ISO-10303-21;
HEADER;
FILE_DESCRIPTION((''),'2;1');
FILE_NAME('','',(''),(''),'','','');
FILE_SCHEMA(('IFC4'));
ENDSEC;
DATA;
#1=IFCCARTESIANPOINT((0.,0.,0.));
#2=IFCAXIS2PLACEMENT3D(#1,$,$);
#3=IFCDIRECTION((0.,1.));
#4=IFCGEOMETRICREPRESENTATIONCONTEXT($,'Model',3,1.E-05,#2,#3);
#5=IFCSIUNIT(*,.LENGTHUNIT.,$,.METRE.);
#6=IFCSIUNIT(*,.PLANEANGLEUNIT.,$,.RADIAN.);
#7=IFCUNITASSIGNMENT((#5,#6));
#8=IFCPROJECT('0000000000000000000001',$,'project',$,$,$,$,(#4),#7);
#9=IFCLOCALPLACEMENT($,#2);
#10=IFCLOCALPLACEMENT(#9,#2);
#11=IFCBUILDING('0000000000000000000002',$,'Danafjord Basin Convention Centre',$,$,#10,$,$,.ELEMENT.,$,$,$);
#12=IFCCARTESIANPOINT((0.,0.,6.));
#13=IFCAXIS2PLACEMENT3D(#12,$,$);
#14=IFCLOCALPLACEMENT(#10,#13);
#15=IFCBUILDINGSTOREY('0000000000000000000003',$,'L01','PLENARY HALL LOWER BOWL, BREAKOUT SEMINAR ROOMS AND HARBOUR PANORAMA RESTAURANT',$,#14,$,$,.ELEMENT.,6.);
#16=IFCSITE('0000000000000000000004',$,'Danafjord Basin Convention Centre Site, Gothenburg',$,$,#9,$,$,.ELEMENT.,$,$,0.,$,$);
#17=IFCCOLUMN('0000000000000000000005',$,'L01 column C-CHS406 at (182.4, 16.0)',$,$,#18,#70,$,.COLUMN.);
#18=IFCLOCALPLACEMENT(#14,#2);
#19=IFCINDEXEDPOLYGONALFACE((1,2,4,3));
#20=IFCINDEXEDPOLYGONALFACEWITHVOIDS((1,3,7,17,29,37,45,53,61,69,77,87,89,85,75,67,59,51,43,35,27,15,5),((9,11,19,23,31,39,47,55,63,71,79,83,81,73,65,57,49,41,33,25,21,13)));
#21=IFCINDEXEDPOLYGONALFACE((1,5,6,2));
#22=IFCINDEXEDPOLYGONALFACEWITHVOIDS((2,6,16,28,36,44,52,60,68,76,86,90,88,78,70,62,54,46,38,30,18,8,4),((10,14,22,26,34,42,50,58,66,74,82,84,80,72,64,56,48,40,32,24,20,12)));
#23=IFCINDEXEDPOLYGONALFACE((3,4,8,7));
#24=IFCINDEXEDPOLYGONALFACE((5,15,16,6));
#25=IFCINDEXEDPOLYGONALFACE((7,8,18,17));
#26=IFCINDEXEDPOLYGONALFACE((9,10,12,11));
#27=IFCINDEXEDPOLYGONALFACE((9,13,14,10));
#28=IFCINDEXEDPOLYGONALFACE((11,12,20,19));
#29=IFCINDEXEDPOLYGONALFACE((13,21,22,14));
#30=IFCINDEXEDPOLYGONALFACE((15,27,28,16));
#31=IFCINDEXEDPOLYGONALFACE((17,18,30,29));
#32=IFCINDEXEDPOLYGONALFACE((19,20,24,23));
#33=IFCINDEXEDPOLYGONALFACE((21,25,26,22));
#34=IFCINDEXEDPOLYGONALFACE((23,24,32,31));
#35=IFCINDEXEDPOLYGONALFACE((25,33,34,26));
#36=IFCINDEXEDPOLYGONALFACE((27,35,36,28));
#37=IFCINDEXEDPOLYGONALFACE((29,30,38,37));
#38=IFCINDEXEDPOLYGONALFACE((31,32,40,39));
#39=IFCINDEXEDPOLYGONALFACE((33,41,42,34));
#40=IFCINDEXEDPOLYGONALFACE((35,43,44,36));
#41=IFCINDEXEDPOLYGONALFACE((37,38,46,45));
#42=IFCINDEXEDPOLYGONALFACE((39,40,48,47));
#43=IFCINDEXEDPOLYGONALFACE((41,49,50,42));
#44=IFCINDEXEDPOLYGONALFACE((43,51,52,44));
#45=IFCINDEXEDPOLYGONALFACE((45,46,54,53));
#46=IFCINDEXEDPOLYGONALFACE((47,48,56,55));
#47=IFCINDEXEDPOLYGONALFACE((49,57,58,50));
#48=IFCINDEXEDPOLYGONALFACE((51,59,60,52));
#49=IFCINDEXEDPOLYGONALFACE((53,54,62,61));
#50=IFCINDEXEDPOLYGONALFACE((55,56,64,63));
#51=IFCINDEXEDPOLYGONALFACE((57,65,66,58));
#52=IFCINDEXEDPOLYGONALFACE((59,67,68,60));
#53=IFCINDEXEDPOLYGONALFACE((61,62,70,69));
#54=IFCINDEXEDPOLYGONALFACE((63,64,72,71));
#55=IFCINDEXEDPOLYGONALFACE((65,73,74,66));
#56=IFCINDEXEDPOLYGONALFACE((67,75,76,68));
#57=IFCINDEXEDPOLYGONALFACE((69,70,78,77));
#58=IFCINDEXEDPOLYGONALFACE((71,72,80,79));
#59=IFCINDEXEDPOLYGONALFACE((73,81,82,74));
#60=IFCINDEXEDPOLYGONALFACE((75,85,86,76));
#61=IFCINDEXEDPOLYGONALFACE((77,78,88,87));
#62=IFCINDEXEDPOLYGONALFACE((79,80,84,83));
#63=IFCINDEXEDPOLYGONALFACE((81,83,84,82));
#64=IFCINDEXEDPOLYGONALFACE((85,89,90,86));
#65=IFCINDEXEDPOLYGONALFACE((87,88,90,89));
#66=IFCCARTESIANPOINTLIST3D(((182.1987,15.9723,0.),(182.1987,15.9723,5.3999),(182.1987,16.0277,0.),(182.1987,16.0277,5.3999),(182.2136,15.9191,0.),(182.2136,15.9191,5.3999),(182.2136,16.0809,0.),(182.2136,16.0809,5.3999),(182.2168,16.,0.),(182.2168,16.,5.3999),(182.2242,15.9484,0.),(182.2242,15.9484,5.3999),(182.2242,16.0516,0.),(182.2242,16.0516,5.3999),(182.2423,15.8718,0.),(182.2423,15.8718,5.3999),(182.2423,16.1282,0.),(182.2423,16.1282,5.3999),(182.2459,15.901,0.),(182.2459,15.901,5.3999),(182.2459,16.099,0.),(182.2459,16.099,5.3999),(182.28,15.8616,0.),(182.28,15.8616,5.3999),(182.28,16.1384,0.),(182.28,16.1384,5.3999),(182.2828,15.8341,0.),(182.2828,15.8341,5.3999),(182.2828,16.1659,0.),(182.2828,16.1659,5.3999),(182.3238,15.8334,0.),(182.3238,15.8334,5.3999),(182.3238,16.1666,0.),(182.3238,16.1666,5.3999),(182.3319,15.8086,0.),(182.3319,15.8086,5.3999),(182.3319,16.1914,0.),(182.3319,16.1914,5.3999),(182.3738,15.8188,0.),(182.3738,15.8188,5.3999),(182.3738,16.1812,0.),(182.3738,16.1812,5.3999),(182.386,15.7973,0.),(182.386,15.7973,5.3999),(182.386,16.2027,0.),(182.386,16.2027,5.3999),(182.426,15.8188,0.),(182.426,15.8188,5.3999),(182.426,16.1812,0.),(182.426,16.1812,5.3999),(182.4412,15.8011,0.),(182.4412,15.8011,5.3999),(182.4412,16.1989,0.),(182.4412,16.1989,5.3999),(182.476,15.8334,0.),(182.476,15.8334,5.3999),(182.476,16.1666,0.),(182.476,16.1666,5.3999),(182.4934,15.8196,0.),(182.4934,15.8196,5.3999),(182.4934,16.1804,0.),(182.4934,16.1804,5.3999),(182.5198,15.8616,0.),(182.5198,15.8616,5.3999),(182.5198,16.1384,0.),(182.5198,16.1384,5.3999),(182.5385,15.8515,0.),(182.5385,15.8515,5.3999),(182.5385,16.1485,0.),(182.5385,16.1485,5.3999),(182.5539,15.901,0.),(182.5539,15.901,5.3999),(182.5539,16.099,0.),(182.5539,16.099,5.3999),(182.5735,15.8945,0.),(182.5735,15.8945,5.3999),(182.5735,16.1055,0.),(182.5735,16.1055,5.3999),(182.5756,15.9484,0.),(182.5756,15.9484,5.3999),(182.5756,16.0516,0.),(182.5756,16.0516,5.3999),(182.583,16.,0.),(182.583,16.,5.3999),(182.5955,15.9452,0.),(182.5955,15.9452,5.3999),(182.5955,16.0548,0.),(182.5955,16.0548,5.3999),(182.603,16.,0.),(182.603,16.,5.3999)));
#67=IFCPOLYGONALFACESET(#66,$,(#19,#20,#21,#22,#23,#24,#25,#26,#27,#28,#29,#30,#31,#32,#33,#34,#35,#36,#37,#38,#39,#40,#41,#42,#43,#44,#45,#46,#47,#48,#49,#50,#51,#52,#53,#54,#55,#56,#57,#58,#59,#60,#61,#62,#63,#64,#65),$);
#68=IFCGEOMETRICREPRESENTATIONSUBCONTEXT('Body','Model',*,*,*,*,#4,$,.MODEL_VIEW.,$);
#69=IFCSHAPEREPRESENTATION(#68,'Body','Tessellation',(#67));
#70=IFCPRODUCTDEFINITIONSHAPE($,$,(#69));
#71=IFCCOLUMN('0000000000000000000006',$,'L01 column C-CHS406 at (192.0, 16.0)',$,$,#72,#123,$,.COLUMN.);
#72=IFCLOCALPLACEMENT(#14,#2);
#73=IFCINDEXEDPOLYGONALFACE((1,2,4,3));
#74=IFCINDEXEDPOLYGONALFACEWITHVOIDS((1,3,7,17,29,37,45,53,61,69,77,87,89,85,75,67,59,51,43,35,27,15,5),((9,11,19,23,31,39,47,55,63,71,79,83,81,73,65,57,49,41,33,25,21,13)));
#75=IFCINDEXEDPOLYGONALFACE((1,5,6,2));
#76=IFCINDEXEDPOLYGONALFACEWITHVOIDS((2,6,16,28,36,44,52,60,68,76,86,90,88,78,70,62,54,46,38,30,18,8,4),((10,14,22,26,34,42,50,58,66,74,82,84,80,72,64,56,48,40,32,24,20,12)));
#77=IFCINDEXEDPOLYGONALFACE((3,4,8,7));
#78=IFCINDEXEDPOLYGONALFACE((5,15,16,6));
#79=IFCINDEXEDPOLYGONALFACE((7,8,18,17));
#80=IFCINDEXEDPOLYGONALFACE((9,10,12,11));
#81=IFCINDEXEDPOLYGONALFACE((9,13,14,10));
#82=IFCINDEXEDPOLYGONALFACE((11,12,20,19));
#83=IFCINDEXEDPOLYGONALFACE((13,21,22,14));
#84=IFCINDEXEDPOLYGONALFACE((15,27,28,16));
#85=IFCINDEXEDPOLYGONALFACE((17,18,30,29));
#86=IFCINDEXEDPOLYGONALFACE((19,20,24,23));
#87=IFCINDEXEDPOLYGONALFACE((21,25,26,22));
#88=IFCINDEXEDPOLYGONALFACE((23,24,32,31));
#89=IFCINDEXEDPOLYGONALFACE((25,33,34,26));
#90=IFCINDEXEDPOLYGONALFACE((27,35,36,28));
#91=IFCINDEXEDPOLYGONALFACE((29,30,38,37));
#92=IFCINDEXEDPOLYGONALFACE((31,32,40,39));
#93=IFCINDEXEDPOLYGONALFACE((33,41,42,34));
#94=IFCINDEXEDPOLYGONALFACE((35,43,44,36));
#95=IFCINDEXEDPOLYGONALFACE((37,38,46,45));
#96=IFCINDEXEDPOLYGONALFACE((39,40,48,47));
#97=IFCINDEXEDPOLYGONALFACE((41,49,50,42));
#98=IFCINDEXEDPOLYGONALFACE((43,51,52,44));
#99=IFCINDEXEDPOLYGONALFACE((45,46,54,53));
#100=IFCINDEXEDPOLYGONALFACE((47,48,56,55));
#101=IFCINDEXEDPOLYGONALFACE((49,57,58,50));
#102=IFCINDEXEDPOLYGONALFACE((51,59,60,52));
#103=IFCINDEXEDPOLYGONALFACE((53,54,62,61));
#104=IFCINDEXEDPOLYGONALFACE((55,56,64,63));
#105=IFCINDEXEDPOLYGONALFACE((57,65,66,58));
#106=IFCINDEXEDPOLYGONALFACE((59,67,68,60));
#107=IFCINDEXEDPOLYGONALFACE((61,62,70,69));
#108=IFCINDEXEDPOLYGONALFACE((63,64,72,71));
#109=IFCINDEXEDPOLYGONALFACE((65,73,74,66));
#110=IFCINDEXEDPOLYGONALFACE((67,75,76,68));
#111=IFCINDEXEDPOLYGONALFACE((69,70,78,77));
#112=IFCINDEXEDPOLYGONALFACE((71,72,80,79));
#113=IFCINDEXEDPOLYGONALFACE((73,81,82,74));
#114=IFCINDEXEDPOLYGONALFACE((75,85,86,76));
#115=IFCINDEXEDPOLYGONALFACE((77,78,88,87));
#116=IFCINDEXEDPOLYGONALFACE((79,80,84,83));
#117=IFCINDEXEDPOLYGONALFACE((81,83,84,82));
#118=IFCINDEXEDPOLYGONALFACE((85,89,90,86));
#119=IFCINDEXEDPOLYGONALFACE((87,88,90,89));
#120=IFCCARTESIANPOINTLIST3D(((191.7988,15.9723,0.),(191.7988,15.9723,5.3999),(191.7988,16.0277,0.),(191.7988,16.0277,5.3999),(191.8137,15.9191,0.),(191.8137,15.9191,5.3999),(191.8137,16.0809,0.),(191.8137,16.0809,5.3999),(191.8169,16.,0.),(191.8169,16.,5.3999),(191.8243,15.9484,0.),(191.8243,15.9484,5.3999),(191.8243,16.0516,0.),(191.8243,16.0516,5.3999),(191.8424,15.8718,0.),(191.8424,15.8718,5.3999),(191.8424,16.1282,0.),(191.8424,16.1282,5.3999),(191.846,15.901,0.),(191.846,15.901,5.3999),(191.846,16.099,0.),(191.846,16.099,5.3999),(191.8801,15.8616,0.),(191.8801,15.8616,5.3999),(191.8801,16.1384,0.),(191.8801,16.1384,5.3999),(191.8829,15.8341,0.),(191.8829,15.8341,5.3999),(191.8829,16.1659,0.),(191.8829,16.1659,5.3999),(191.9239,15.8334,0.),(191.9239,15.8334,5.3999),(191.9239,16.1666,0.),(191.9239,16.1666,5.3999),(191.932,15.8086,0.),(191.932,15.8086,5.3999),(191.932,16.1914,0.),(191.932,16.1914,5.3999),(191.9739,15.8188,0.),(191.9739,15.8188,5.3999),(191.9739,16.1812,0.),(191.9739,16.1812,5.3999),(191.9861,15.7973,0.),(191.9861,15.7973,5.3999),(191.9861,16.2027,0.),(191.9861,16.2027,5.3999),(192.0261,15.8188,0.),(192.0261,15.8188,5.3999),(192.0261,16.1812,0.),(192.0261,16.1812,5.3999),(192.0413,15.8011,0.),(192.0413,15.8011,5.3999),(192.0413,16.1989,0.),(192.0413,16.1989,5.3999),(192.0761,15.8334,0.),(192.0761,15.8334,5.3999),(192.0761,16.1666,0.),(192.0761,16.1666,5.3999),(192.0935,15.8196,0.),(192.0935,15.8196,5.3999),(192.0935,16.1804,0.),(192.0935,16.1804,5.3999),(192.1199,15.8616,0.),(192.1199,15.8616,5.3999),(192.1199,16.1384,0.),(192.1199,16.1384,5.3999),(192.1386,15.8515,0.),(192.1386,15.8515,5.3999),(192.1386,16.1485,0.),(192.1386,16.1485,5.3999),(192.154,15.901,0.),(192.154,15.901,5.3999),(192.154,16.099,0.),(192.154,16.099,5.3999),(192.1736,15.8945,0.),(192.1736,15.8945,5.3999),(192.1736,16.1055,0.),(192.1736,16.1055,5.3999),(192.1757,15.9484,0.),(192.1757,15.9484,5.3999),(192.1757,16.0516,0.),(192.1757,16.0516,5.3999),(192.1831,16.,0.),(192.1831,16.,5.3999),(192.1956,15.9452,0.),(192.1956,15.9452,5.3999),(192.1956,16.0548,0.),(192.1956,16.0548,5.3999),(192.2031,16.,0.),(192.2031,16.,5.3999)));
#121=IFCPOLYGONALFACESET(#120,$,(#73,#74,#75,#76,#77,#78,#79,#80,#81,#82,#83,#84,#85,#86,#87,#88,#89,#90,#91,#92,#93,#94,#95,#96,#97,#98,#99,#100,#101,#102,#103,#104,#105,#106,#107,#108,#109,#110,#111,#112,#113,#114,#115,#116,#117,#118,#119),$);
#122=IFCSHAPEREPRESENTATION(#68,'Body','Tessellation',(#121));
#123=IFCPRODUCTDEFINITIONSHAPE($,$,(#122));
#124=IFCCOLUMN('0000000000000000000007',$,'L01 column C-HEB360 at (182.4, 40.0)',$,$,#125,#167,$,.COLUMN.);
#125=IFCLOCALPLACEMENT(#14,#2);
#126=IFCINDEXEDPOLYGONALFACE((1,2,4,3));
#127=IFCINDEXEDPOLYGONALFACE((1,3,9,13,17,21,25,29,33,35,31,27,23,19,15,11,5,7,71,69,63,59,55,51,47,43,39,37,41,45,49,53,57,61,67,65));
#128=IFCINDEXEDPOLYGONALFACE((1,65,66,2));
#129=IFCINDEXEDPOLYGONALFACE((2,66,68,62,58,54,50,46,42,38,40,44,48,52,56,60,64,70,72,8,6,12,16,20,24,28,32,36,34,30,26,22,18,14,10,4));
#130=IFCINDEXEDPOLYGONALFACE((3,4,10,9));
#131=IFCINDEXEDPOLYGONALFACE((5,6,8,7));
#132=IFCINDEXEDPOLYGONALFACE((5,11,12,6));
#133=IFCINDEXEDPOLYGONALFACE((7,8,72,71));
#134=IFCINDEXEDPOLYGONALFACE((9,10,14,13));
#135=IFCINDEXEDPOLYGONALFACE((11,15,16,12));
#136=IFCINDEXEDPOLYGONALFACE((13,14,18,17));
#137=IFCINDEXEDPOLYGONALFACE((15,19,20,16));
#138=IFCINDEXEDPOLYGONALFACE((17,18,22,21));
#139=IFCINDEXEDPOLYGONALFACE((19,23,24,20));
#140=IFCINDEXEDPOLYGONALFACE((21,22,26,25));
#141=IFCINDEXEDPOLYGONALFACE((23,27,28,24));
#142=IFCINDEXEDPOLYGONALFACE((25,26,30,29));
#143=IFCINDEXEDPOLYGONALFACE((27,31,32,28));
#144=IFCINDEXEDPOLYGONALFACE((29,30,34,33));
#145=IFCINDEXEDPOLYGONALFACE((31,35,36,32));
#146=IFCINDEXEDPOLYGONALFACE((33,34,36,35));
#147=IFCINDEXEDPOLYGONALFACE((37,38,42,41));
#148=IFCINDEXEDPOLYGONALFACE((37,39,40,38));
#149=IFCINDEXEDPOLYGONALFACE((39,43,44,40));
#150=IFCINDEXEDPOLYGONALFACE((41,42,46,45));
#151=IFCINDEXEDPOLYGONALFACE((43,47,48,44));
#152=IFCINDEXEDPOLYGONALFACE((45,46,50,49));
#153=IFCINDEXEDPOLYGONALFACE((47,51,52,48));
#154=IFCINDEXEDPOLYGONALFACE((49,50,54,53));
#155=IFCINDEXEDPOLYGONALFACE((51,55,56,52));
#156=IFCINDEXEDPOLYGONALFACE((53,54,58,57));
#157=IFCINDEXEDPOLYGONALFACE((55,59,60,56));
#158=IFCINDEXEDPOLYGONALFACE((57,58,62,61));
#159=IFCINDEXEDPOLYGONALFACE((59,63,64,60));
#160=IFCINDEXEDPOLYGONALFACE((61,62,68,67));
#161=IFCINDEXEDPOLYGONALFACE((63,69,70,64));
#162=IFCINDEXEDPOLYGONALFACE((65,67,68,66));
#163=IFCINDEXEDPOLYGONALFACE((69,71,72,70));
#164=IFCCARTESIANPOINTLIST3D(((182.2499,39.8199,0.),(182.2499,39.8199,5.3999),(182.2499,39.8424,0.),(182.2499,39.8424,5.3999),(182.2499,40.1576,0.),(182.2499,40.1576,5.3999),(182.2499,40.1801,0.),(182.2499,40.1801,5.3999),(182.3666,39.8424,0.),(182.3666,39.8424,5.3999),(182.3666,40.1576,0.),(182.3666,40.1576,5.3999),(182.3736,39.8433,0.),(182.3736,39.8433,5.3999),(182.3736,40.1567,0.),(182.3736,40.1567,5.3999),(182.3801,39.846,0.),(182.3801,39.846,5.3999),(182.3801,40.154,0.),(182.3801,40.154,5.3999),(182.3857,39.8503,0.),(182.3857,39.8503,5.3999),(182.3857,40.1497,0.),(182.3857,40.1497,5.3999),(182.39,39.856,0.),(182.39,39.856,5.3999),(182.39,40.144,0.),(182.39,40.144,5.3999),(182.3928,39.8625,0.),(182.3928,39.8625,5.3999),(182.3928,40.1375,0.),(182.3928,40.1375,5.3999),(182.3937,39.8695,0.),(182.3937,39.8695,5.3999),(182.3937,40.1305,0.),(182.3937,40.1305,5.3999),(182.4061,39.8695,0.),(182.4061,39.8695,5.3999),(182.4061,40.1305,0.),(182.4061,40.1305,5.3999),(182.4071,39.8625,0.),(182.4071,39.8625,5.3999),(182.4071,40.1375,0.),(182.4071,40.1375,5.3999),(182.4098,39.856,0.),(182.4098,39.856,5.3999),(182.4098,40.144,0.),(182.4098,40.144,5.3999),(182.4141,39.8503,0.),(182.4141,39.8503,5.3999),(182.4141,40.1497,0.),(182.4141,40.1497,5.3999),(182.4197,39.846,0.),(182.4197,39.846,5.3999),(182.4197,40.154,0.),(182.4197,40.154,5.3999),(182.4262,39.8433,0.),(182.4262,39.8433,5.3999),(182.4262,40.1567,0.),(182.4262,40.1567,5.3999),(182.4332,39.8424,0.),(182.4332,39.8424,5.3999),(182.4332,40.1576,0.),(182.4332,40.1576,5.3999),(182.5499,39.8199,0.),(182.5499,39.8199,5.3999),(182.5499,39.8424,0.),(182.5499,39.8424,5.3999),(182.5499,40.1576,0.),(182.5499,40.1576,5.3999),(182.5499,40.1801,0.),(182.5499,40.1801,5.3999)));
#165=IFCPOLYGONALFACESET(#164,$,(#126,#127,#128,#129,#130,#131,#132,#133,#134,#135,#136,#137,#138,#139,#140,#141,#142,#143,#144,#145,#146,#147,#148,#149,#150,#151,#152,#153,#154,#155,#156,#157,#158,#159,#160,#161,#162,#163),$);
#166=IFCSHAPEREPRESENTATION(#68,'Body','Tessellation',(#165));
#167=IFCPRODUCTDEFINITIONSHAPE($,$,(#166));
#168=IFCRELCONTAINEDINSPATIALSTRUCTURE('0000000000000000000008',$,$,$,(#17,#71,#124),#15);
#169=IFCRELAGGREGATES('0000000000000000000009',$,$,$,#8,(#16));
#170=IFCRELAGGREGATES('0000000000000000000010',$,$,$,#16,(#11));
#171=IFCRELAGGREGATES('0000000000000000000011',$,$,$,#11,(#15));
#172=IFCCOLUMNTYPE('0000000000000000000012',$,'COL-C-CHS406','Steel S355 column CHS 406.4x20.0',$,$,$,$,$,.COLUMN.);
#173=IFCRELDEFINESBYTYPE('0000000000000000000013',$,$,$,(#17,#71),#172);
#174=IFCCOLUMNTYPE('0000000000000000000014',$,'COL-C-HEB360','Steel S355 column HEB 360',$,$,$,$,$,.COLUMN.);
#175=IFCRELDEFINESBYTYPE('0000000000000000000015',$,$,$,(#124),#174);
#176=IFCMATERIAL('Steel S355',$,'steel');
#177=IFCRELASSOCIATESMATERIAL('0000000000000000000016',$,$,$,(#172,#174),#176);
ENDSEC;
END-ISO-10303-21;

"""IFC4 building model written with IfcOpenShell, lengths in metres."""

from ifc_helpers import new_model, si_unit, direction, frame, origin, origin_2d, place, context, subcontext, project, spatial, hollow_circle, i_section, extrude, material, material_profile, profile_set, type_object, element, save


model = new_model("IFC4")

# Units and contexts
model_context = context("Model", 3, precision=1e-05, world=origin(), true_north=direction((0.0, 1.0)))
body_context = subcontext(model_context, "Body", "Model", "MODEL_VIEW")
ifc_project = project(units=[si_unit("LENGTHUNIT", "METRE"), si_unit("PLANEANGLEUNIT", "RADIAN")], contexts=[model_context])

# Site, building, storey
site_placement = place(None, origin())
site = spatial("IfcSite", under=ifc_project, at=site_placement, Name="Danafjord Basin Convention Centre Site, Gothenburg", CompositionType="ELEMENT", RefElevation=0.0)
building_placement = place(site_placement, origin())
building = spatial("IfcBuilding", under=site, at=building_placement, Name="Danafjord Basin Convention Centre", CompositionType="ELEMENT")
storey_placement = place(building_placement, frame((0.0, 0.0, 6.0)))
storey = spatial("IfcBuildingStorey", under=building, at=storey_placement, Name="L01", Description="PLENARY HALL LOWER BOWL, BREAKOUT SEMINAR ROOMS AND HARBOUR PANORAMA RESTAURANT", CompositionType="ELEMENT", Elevation=6.0)

# Columns
ifc_material_1 = material(Name="Steel S355", Category="steel")
ifc_material_profile_1 = material_profile(ifc_material_1, hollow_circle(Radius=0.2031, WallThickness=0.02, at=origin_2d()), Name="CHS 406.4x20.0")
ifc_profile_set_1 = profile_set([ifc_material_profile_1], Name="Steel S355")
column_type_1 = type_object("IfcColumnType", Name="COL-C-CHS406", Description="Steel S355 column CHS 406.4x20.0", PredefinedType="COLUMN", material=ifc_profile_set_1)
for number, where, z_axis, x_axis, name in (
    (1, (182.3999, 16.0, 0.0), (0.0, 0.0, 1.0), (1.0, 0.0, 0.0), "L01 column C-CHS406 at (182.4, 16.0)"),
    (2, (192.0, 16.0, 0.0), (0.0, 0.0, 1.0), (1.0, 0.0, 0.0), "L01 column C-CHS406 at (192.0, 16.0)"),
):
    element("IfcColumn", number, at=place(storey_placement, frame(where, z_axis=z_axis, x_axis=x_axis)), inside=storey, type_object=column_type_1, Name=name, PredefinedType="COLUMN", context=body_context, shape_type="SweptSolid", body=[
        extrude(hollow_circle(Radius=0.2031, WallThickness=0.02, at=origin_2d()), origin(), (0.0, 0.0, 1.0), 5.3999),
    ])
ifc_material_profile_2 = material_profile(ifc_material_1, i_section(OverallWidth=0.3, OverallDepth=0.3601, WebThickness=0.0125, FlangeThickness=0.0225, FilletRadius=0.0271, at=origin_2d()), Name="HEB 360")
ifc_profile_set_2 = profile_set([ifc_material_profile_2], Name="Steel S355")
column_type_2 = type_object("IfcColumnType", Name="COL-C-HEB360", Description="Steel S355 column HEB 360", PredefinedType="COLUMN", material=ifc_profile_set_2)
column_1_placement = place(storey_placement, frame((182.3999, 40.0, 0.0), z_axis=(0.0, 0.0, 1.0), x_axis=(1.0, 0.0, 0.0)))
element("IfcColumn", 3, at=column_1_placement, inside=storey, type_object=column_type_2, Name="L01 column C-HEB360 at (182.4, 40.0)", PredefinedType="COLUMN", context=body_context, shape_type="SweptSolid", body=[
    extrude(i_section(OverallWidth=0.3, OverallDepth=0.3601, WebThickness=0.0125, FlangeThickness=0.0225, FilletRadius=0.0271, at=origin_2d()), origin(), (0.0, 0.0, 1.0), 5.3999),
])

save(model, "model.ifc")
